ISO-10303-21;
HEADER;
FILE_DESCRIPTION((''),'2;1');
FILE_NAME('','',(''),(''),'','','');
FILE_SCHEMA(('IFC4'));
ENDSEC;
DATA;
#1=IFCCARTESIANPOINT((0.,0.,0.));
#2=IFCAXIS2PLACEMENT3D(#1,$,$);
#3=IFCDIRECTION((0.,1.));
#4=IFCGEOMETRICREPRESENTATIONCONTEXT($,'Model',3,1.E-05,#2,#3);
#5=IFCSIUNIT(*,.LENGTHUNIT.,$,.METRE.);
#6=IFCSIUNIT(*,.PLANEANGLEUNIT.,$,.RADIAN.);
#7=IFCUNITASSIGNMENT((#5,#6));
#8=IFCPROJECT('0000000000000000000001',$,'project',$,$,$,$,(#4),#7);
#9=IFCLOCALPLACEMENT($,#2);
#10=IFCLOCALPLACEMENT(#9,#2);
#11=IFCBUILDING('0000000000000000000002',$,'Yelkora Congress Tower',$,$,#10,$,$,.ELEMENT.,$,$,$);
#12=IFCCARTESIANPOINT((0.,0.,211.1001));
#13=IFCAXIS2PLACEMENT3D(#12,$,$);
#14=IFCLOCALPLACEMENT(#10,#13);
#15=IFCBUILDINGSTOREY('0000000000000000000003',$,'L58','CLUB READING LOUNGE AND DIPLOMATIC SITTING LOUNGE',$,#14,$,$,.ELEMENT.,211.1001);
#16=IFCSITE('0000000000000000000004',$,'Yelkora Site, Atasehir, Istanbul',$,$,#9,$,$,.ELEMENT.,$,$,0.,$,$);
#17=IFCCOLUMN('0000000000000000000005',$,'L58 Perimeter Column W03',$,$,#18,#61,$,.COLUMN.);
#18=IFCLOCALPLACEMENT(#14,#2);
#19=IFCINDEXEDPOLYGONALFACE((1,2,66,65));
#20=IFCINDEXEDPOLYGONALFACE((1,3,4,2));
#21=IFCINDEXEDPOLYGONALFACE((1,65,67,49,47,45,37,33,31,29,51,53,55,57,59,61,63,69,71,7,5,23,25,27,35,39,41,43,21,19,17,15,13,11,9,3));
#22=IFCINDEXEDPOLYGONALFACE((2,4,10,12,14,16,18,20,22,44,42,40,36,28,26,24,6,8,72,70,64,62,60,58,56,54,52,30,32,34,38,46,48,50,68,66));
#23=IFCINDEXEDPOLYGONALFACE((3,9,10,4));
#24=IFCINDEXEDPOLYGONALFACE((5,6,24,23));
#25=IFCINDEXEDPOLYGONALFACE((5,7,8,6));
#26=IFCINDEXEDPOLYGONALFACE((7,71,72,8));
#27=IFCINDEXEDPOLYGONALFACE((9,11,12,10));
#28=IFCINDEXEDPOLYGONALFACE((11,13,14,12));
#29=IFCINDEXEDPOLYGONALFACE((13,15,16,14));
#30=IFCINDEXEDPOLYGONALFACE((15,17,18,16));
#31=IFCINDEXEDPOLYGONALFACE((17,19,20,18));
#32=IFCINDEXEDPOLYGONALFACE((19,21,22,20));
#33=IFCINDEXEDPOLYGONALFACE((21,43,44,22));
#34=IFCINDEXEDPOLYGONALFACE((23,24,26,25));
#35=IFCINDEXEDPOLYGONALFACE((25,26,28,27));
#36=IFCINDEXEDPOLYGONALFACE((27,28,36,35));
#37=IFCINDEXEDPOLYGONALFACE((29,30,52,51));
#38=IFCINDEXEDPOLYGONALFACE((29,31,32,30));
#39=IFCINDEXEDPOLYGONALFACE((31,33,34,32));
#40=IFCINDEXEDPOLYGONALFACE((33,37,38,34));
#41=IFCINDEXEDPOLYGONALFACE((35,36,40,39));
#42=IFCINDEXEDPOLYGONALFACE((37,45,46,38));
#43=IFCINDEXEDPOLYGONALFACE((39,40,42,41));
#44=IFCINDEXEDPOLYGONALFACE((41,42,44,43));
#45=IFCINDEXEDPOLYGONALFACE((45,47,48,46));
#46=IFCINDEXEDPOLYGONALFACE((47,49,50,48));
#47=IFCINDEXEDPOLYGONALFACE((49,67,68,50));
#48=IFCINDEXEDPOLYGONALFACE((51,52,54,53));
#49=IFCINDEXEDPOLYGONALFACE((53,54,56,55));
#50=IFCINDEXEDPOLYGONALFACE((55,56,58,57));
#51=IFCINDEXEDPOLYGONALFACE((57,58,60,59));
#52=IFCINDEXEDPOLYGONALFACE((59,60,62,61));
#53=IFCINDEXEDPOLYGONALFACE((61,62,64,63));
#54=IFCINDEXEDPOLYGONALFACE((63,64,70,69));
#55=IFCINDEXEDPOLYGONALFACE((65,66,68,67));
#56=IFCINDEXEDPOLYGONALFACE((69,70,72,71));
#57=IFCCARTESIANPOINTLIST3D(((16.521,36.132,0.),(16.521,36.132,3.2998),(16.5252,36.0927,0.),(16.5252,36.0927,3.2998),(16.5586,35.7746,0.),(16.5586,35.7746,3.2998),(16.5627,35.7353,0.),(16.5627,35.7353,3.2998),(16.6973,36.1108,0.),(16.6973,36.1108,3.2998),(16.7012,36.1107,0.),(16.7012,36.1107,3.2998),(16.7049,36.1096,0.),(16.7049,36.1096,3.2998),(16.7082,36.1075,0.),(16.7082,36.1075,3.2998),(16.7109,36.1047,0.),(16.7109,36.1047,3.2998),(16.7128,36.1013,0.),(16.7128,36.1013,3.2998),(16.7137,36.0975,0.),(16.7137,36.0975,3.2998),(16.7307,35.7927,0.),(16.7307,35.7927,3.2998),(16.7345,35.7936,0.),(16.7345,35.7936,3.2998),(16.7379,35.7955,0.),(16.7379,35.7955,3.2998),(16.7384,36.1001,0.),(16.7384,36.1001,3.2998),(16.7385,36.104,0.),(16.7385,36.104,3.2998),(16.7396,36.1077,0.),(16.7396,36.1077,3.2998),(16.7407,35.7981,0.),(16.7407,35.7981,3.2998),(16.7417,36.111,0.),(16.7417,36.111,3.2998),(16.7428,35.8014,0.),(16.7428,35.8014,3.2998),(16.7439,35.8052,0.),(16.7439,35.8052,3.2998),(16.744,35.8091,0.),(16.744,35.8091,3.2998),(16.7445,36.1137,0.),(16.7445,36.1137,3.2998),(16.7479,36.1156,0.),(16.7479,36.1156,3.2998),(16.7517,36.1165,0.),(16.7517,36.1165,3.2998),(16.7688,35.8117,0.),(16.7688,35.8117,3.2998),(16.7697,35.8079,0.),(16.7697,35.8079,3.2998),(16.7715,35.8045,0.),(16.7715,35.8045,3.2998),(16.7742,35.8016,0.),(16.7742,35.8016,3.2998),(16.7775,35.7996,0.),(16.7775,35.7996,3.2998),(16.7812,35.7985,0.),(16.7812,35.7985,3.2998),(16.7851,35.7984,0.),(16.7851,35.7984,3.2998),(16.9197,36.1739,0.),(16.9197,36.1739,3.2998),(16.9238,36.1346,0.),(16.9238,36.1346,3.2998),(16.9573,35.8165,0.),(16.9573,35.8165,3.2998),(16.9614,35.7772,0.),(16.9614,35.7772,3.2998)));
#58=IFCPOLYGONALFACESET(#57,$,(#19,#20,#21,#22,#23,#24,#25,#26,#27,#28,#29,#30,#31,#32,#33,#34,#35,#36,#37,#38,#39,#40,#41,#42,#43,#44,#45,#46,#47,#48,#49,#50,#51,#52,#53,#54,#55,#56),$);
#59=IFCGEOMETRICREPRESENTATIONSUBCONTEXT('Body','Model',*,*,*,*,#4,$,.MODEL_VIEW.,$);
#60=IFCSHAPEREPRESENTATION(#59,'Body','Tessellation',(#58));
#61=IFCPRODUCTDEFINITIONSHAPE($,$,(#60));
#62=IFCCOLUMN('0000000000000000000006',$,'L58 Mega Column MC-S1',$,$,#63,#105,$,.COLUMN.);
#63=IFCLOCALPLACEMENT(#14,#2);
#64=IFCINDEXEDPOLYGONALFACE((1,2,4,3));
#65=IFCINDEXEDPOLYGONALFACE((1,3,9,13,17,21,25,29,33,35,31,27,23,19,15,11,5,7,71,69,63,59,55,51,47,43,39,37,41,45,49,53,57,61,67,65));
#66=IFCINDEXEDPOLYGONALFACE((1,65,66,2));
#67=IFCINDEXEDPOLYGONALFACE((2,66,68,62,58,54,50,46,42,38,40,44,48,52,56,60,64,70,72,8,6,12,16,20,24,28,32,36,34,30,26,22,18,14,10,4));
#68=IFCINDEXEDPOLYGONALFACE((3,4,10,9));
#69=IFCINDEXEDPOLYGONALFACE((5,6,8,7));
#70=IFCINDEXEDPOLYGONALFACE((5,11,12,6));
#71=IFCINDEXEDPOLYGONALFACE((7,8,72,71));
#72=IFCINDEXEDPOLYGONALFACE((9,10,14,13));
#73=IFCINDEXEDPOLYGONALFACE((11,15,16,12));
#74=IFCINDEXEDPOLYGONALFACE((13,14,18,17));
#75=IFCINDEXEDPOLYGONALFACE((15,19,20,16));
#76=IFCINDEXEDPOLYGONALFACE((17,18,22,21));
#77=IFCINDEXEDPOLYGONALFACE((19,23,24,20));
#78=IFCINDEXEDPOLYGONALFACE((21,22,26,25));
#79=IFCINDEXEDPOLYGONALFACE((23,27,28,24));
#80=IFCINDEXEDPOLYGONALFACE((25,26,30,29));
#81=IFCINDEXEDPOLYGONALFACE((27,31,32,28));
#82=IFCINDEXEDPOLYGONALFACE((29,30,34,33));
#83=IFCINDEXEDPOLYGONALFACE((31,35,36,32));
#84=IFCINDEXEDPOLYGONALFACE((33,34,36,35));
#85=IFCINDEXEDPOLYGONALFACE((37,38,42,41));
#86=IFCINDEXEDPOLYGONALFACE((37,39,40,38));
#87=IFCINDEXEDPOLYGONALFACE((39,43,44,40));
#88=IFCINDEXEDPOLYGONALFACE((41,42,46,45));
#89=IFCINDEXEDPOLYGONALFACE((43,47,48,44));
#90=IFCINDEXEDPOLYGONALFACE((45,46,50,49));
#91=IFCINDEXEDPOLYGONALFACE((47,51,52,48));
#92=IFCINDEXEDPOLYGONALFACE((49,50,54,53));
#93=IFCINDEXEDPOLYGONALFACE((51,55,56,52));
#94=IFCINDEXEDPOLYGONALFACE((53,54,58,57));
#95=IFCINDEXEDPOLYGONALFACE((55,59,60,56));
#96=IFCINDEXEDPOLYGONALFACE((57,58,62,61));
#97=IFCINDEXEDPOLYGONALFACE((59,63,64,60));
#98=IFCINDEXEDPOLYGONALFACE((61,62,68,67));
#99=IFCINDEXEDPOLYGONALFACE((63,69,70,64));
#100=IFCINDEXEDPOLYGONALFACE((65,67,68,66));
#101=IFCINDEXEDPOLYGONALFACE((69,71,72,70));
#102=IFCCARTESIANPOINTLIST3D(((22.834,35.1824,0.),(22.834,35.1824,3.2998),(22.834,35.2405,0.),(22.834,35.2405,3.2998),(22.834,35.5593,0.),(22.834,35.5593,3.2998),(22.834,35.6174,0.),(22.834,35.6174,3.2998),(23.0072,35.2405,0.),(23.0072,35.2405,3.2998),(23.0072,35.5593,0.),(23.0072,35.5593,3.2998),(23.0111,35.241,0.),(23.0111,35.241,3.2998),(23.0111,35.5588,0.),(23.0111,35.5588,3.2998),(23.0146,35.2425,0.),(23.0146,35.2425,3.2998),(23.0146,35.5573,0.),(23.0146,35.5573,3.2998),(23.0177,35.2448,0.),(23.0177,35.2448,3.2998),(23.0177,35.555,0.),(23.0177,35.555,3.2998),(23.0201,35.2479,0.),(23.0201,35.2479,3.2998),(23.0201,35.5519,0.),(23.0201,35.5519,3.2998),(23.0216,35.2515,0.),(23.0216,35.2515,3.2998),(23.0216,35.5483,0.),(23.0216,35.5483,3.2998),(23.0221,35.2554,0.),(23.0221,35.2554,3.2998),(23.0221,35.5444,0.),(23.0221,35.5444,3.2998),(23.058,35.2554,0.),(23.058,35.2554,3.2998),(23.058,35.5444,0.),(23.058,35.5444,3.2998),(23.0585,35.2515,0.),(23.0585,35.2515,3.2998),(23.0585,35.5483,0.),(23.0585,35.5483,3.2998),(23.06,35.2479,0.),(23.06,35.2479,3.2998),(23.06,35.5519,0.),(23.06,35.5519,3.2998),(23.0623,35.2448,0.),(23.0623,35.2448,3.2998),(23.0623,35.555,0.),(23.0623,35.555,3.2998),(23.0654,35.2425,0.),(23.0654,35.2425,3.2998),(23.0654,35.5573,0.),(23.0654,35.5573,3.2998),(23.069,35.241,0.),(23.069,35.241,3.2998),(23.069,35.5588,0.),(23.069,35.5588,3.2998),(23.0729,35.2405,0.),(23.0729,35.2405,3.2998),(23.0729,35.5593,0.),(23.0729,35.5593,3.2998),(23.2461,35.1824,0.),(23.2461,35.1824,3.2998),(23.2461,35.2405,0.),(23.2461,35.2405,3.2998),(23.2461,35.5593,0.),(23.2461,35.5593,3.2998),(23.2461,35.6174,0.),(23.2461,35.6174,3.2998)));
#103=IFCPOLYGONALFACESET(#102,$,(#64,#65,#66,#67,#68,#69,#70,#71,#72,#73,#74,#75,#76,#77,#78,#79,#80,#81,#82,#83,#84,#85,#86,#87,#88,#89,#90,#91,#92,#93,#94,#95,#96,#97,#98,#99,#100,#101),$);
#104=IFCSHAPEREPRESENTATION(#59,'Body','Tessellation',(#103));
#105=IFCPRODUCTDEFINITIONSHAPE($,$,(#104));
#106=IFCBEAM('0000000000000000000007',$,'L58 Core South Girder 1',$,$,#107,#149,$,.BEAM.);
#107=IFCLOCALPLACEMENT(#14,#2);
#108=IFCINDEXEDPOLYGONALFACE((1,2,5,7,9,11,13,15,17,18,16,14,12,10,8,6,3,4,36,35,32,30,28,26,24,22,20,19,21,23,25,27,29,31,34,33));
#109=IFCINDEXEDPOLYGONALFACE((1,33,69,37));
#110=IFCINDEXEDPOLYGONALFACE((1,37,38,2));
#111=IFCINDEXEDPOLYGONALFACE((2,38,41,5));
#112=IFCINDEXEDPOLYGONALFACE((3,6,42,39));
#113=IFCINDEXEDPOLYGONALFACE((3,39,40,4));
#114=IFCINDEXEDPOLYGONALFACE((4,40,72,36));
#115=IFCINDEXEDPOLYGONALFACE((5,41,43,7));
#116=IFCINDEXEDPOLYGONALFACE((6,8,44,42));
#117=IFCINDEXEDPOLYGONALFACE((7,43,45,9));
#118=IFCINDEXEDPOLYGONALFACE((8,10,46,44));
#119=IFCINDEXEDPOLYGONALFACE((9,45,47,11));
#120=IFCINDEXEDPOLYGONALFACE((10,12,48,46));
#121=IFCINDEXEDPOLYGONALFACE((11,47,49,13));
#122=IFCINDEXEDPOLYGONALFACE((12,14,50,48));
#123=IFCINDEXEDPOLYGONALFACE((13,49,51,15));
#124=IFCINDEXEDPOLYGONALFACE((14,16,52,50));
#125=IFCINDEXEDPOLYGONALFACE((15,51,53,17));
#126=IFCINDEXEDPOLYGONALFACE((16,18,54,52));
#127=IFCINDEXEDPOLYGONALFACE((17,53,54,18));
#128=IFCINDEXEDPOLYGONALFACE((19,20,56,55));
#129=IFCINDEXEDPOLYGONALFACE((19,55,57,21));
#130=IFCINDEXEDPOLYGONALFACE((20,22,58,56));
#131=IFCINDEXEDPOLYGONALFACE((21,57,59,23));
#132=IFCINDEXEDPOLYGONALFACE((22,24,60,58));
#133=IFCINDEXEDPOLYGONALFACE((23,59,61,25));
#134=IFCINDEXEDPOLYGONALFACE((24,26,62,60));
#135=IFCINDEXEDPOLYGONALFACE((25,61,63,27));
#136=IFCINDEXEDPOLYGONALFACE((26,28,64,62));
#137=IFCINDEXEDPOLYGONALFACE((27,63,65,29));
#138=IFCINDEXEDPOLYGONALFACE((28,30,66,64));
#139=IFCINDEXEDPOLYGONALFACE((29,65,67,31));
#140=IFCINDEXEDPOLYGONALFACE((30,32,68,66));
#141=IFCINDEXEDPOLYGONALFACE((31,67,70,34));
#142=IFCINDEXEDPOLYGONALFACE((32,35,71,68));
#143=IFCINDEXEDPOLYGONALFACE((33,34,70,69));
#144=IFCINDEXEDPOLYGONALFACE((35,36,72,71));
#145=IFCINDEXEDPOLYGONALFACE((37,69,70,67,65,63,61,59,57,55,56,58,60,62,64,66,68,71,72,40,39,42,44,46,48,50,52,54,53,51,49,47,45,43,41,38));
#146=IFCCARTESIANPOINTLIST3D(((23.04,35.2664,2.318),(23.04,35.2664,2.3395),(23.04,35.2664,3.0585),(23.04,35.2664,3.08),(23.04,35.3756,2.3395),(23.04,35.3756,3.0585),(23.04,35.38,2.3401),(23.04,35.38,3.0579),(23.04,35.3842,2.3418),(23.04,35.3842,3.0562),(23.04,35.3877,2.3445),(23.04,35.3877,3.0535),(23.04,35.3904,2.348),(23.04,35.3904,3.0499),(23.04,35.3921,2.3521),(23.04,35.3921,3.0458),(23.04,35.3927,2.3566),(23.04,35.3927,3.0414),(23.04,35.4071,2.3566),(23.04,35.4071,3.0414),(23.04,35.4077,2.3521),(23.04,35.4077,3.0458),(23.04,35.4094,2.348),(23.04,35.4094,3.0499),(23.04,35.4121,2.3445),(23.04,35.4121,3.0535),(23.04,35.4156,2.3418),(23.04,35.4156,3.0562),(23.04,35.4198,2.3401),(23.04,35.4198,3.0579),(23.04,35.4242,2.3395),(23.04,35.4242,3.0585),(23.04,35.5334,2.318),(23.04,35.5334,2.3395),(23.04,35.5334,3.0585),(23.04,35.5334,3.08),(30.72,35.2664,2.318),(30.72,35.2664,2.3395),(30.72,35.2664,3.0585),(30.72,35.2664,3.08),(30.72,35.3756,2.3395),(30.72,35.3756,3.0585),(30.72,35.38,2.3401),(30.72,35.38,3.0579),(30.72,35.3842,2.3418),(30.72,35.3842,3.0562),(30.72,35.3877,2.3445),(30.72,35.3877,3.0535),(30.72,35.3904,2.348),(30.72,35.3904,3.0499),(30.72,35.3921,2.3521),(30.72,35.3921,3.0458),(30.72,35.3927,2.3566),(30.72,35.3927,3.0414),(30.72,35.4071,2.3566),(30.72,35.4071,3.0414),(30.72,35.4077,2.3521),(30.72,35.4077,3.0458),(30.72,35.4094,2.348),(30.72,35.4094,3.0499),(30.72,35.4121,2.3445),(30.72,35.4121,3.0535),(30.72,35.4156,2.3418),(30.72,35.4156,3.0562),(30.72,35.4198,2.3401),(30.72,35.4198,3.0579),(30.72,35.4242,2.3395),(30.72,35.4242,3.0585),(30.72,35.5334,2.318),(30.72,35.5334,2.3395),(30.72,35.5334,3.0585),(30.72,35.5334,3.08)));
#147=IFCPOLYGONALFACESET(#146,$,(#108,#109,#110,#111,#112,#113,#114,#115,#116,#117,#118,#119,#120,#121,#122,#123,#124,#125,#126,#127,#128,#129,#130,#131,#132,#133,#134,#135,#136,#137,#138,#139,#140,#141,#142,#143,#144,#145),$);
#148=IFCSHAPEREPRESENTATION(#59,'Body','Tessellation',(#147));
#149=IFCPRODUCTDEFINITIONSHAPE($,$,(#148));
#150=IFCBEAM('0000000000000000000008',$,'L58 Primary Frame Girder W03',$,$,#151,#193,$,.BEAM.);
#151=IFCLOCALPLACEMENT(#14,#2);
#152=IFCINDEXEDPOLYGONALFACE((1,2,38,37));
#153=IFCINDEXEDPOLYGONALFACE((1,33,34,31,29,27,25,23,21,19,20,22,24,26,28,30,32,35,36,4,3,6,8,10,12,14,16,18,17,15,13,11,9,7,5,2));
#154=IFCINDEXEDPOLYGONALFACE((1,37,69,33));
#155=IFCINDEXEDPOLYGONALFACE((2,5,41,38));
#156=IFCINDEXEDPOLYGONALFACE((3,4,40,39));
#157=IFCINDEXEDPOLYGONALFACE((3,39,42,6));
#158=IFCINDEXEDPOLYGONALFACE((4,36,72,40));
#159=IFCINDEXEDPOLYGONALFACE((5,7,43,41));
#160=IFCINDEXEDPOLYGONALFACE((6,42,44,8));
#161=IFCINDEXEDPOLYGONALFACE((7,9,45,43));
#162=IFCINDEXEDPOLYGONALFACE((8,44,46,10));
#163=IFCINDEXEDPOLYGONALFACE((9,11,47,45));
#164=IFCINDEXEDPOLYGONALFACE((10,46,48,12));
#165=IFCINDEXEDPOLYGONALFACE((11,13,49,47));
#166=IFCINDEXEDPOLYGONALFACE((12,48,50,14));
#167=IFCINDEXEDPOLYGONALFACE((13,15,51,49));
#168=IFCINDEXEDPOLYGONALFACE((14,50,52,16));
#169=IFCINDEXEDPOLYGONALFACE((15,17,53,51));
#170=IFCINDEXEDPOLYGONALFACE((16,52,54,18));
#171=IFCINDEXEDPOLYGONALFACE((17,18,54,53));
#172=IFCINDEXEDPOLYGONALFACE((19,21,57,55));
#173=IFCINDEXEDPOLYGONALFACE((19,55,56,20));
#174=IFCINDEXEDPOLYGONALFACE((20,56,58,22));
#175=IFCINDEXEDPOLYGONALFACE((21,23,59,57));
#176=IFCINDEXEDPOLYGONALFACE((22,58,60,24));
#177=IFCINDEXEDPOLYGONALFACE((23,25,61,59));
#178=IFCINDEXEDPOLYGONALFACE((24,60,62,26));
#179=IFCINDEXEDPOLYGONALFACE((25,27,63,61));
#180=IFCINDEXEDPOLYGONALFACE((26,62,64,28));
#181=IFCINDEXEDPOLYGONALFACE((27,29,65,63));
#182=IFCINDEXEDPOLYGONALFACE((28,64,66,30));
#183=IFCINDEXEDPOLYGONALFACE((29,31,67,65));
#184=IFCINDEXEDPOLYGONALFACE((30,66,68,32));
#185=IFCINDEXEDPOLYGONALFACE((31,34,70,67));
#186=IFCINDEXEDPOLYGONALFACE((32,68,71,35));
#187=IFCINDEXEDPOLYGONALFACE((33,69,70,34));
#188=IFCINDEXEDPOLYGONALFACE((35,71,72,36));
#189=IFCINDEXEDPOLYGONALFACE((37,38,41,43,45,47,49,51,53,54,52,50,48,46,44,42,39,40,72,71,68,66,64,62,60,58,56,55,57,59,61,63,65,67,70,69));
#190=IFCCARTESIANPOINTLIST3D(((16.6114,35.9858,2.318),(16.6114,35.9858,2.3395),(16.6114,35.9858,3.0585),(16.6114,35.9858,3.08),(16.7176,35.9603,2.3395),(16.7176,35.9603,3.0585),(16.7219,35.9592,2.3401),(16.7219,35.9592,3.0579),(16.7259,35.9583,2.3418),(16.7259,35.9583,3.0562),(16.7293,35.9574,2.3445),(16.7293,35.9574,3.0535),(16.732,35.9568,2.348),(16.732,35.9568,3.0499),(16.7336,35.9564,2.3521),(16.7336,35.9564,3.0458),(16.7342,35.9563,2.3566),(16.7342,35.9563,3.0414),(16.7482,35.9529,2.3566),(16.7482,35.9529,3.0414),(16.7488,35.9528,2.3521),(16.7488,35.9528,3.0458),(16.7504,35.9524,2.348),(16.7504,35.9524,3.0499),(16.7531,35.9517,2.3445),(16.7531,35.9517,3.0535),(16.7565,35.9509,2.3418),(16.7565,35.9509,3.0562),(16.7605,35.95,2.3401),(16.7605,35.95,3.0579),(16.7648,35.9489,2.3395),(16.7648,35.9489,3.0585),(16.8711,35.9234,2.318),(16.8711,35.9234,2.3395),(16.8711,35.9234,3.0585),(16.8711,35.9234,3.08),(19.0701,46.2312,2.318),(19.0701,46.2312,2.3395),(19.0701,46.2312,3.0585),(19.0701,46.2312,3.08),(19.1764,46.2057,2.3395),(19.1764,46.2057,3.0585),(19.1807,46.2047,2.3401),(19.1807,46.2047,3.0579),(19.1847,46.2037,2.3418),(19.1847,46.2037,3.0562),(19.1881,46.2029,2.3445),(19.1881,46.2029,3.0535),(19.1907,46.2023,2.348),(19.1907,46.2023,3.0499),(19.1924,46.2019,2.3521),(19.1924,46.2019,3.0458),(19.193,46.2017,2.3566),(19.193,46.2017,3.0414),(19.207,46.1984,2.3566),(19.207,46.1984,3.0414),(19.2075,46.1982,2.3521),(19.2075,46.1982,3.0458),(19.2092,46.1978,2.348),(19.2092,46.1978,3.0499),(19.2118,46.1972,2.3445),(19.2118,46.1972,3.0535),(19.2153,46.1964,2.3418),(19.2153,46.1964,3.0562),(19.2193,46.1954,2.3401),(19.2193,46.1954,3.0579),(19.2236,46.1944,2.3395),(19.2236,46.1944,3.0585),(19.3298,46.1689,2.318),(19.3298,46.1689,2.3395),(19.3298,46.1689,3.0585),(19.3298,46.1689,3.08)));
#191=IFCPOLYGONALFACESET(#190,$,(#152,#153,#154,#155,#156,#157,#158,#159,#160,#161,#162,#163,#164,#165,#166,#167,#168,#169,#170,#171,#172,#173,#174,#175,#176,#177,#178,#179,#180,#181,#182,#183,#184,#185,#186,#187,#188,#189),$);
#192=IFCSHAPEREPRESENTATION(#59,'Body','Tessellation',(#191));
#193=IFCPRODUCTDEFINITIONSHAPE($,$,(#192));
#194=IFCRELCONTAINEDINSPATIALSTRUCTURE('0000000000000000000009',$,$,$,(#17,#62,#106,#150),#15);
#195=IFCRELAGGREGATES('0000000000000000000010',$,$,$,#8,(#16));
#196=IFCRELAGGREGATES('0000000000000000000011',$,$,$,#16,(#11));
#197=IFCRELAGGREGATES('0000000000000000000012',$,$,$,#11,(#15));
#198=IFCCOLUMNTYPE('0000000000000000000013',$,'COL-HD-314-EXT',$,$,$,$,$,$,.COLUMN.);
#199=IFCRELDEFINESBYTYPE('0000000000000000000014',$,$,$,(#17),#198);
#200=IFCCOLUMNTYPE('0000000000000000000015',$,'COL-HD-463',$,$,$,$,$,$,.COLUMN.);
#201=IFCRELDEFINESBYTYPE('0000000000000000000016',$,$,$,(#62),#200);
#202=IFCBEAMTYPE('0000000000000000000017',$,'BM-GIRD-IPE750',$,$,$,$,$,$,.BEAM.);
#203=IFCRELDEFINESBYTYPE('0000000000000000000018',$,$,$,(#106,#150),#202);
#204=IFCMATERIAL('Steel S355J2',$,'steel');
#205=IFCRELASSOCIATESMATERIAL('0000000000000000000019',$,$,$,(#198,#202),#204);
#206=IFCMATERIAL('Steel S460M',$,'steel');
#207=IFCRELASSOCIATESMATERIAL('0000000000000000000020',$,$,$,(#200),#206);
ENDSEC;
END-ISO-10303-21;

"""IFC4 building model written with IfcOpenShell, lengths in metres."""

from ifc_helpers import new_model, si_unit, direction, frame, origin, origin_2d, place, context, subcontext, project, spatial, i_section, extrude, material, material_profile, profile_set, type_object, element, save


model = new_model("IFC4")

# Units and contexts
model_context = context("Model", 3, precision=1e-05, world=origin(), true_north=direction((0.0, 1.0)))
body_context = subcontext(model_context, "Body", "Model", "MODEL_VIEW")
ifc_project = project(units=[si_unit("LENGTHUNIT", "METRE"), si_unit("PLANEANGLEUNIT", "RADIAN")], contexts=[model_context])

# Site, building, storey
site_placement = place(None, origin())
site = spatial("IfcSite", under=ifc_project, at=site_placement, Name="Yelkora Site, Atasehir, Istanbul", CompositionType="ELEMENT", RefElevation=0.0)
building_placement = place(site_placement, origin())
building = spatial("IfcBuilding", under=site, at=building_placement, Name="Yelkora Congress Tower", CompositionType="ELEMENT")
storey_placement = place(building_placement, frame((0.0, 0.0, 211.1001)))
storey = spatial("IfcBuildingStorey", under=building, at=storey_placement, Name="L58", Description="CLUB READING LOUNGE AND DIPLOMATIC SITTING LOUNGE", CompositionType="ELEMENT", Elevation=211.1001)

# Columns
ifc_material_1 = material(Name="Steel S355J2", Category="steel")
ifc_material_profile_1 = material_profile(ifc_material_1, i_section(OverallWidth=0.4009, OverallDepth=0.3989, WebThickness=0.0249, FlangeThickness=0.0396, FilletRadius=0.0149, at=origin_2d()), Name="HD 400x314")
ifc_profile_set_1 = profile_set([ifc_material_profile_1], Name="Steel S355J2")
column_type_1 = type_object("IfcColumnType", Name="COL-HD-314-EXT", PredefinedType="COLUMN", material=ifc_profile_set_1)
column_1_placement = place(storey_placement, frame((16.7412, 35.9546, 0.0), z_axis=(0.0, 0.0, 1.0), x_axis=(0.994522, 0.104528, 0.0)))
element("IfcColumn", 1, at=column_1_placement, inside=storey, type_object=column_type_1, Name="L58 Perimeter Column W03", PredefinedType="COLUMN", context=body_context, shape_type="SweptSolid", body=[
    extrude(i_section(OverallWidth=0.4009, OverallDepth=0.3989, WebThickness=0.0249, FlangeThickness=0.0396, FilletRadius=0.0149, at=origin_2d()), origin(), (0.0, 0.0, 1.0), 3.2998),
])
ifc_material_2 = material(Name="Steel S460M", Category="steel")
ifc_material_profile_2 = material_profile(ifc_material_2, i_section(OverallWidth=0.4121, OverallDepth=0.4351, WebThickness=0.0359, FlangeThickness=0.0581, FilletRadius=0.0149, at=origin_2d()), Name="HD 400x463")
ifc_profile_set_2 = profile_set([ifc_material_profile_2], Name="Steel S460M")
column_type_2 = type_object("IfcColumnType", Name="COL-HD-463", PredefinedType="COLUMN", material=ifc_profile_set_2)
column_2_placement = place(storey_placement, frame((23.04, 35.3999, 0.0), z_axis=(0.0, 0.0, 1.0), x_axis=(1.0, 0.0, 0.0)))
element("IfcColumn", 2, at=column_2_placement, inside=storey, type_object=column_type_2, Name="L58 Mega Column MC-S1", PredefinedType="COLUMN", context=body_context, shape_type="SweptSolid", body=[
    extrude(i_section(OverallWidth=0.4121, OverallDepth=0.4351, WebThickness=0.0359, FlangeThickness=0.0581, FilletRadius=0.0149, at=origin_2d()), origin(), (0.0, 0.0, 1.0), 3.2998),
])

# Beams
ifc_material_profile_3 = material_profile(ifc_material_1, i_section(OverallWidth=0.2671, OverallDepth=0.762, WebThickness=0.0144, FlangeThickness=0.0215, FilletRadius=0.0171, at=origin_2d()), Name="IPE 750x173")
ifc_profile_set_3 = profile_set([ifc_material_profile_3], Name="Steel S355J2")
beam_type_1 = type_object("IfcBeamType", Name="BM-GIRD-IPE750", PredefinedType="BEAM", material=ifc_profile_set_3)
beam_1_placement = place(storey_placement, frame((23.04, 35.3999, 2.699), z_axis=(1.0, 0.0, 0.0), x_axis=(0.0, 1.0, 0.0)))
element("IfcBeam", 3, at=beam_1_placement, inside=storey, type_object=beam_type_1, Name="L58 Core South Girder 1", PredefinedType="BEAM", context=body_context, shape_type="SweptSolid", body=[
    extrude(i_section(OverallWidth=0.2671, OverallDepth=0.762, WebThickness=0.0144, FlangeThickness=0.0215, FilletRadius=0.0171, at=origin_2d()), origin(), (0.0, 0.0, 1.0), 7.6799),
])
beam_2_placement = place(storey_placement, frame((16.7412, 35.9546, 2.699), z_axis=(0.23336, 0.97239, 0.0), x_axis=(-0.97239, 0.23336, 0.0)))
element("IfcBeam", 4, at=beam_2_placement, inside=storey, type_object=beam_type_1, Name="L58 Primary Frame Girder W03", PredefinedType="BEAM", context=body_context, shape_type="SweptSolid", body=[
    extrude(i_section(OverallWidth=0.2671, OverallDepth=0.762, WebThickness=0.0144, FlangeThickness=0.0215, FilletRadius=0.0171, at=origin_2d()), origin(), (0.0, 0.0, 1.0), 10.5364),
])

save(model, "model.ifc")
